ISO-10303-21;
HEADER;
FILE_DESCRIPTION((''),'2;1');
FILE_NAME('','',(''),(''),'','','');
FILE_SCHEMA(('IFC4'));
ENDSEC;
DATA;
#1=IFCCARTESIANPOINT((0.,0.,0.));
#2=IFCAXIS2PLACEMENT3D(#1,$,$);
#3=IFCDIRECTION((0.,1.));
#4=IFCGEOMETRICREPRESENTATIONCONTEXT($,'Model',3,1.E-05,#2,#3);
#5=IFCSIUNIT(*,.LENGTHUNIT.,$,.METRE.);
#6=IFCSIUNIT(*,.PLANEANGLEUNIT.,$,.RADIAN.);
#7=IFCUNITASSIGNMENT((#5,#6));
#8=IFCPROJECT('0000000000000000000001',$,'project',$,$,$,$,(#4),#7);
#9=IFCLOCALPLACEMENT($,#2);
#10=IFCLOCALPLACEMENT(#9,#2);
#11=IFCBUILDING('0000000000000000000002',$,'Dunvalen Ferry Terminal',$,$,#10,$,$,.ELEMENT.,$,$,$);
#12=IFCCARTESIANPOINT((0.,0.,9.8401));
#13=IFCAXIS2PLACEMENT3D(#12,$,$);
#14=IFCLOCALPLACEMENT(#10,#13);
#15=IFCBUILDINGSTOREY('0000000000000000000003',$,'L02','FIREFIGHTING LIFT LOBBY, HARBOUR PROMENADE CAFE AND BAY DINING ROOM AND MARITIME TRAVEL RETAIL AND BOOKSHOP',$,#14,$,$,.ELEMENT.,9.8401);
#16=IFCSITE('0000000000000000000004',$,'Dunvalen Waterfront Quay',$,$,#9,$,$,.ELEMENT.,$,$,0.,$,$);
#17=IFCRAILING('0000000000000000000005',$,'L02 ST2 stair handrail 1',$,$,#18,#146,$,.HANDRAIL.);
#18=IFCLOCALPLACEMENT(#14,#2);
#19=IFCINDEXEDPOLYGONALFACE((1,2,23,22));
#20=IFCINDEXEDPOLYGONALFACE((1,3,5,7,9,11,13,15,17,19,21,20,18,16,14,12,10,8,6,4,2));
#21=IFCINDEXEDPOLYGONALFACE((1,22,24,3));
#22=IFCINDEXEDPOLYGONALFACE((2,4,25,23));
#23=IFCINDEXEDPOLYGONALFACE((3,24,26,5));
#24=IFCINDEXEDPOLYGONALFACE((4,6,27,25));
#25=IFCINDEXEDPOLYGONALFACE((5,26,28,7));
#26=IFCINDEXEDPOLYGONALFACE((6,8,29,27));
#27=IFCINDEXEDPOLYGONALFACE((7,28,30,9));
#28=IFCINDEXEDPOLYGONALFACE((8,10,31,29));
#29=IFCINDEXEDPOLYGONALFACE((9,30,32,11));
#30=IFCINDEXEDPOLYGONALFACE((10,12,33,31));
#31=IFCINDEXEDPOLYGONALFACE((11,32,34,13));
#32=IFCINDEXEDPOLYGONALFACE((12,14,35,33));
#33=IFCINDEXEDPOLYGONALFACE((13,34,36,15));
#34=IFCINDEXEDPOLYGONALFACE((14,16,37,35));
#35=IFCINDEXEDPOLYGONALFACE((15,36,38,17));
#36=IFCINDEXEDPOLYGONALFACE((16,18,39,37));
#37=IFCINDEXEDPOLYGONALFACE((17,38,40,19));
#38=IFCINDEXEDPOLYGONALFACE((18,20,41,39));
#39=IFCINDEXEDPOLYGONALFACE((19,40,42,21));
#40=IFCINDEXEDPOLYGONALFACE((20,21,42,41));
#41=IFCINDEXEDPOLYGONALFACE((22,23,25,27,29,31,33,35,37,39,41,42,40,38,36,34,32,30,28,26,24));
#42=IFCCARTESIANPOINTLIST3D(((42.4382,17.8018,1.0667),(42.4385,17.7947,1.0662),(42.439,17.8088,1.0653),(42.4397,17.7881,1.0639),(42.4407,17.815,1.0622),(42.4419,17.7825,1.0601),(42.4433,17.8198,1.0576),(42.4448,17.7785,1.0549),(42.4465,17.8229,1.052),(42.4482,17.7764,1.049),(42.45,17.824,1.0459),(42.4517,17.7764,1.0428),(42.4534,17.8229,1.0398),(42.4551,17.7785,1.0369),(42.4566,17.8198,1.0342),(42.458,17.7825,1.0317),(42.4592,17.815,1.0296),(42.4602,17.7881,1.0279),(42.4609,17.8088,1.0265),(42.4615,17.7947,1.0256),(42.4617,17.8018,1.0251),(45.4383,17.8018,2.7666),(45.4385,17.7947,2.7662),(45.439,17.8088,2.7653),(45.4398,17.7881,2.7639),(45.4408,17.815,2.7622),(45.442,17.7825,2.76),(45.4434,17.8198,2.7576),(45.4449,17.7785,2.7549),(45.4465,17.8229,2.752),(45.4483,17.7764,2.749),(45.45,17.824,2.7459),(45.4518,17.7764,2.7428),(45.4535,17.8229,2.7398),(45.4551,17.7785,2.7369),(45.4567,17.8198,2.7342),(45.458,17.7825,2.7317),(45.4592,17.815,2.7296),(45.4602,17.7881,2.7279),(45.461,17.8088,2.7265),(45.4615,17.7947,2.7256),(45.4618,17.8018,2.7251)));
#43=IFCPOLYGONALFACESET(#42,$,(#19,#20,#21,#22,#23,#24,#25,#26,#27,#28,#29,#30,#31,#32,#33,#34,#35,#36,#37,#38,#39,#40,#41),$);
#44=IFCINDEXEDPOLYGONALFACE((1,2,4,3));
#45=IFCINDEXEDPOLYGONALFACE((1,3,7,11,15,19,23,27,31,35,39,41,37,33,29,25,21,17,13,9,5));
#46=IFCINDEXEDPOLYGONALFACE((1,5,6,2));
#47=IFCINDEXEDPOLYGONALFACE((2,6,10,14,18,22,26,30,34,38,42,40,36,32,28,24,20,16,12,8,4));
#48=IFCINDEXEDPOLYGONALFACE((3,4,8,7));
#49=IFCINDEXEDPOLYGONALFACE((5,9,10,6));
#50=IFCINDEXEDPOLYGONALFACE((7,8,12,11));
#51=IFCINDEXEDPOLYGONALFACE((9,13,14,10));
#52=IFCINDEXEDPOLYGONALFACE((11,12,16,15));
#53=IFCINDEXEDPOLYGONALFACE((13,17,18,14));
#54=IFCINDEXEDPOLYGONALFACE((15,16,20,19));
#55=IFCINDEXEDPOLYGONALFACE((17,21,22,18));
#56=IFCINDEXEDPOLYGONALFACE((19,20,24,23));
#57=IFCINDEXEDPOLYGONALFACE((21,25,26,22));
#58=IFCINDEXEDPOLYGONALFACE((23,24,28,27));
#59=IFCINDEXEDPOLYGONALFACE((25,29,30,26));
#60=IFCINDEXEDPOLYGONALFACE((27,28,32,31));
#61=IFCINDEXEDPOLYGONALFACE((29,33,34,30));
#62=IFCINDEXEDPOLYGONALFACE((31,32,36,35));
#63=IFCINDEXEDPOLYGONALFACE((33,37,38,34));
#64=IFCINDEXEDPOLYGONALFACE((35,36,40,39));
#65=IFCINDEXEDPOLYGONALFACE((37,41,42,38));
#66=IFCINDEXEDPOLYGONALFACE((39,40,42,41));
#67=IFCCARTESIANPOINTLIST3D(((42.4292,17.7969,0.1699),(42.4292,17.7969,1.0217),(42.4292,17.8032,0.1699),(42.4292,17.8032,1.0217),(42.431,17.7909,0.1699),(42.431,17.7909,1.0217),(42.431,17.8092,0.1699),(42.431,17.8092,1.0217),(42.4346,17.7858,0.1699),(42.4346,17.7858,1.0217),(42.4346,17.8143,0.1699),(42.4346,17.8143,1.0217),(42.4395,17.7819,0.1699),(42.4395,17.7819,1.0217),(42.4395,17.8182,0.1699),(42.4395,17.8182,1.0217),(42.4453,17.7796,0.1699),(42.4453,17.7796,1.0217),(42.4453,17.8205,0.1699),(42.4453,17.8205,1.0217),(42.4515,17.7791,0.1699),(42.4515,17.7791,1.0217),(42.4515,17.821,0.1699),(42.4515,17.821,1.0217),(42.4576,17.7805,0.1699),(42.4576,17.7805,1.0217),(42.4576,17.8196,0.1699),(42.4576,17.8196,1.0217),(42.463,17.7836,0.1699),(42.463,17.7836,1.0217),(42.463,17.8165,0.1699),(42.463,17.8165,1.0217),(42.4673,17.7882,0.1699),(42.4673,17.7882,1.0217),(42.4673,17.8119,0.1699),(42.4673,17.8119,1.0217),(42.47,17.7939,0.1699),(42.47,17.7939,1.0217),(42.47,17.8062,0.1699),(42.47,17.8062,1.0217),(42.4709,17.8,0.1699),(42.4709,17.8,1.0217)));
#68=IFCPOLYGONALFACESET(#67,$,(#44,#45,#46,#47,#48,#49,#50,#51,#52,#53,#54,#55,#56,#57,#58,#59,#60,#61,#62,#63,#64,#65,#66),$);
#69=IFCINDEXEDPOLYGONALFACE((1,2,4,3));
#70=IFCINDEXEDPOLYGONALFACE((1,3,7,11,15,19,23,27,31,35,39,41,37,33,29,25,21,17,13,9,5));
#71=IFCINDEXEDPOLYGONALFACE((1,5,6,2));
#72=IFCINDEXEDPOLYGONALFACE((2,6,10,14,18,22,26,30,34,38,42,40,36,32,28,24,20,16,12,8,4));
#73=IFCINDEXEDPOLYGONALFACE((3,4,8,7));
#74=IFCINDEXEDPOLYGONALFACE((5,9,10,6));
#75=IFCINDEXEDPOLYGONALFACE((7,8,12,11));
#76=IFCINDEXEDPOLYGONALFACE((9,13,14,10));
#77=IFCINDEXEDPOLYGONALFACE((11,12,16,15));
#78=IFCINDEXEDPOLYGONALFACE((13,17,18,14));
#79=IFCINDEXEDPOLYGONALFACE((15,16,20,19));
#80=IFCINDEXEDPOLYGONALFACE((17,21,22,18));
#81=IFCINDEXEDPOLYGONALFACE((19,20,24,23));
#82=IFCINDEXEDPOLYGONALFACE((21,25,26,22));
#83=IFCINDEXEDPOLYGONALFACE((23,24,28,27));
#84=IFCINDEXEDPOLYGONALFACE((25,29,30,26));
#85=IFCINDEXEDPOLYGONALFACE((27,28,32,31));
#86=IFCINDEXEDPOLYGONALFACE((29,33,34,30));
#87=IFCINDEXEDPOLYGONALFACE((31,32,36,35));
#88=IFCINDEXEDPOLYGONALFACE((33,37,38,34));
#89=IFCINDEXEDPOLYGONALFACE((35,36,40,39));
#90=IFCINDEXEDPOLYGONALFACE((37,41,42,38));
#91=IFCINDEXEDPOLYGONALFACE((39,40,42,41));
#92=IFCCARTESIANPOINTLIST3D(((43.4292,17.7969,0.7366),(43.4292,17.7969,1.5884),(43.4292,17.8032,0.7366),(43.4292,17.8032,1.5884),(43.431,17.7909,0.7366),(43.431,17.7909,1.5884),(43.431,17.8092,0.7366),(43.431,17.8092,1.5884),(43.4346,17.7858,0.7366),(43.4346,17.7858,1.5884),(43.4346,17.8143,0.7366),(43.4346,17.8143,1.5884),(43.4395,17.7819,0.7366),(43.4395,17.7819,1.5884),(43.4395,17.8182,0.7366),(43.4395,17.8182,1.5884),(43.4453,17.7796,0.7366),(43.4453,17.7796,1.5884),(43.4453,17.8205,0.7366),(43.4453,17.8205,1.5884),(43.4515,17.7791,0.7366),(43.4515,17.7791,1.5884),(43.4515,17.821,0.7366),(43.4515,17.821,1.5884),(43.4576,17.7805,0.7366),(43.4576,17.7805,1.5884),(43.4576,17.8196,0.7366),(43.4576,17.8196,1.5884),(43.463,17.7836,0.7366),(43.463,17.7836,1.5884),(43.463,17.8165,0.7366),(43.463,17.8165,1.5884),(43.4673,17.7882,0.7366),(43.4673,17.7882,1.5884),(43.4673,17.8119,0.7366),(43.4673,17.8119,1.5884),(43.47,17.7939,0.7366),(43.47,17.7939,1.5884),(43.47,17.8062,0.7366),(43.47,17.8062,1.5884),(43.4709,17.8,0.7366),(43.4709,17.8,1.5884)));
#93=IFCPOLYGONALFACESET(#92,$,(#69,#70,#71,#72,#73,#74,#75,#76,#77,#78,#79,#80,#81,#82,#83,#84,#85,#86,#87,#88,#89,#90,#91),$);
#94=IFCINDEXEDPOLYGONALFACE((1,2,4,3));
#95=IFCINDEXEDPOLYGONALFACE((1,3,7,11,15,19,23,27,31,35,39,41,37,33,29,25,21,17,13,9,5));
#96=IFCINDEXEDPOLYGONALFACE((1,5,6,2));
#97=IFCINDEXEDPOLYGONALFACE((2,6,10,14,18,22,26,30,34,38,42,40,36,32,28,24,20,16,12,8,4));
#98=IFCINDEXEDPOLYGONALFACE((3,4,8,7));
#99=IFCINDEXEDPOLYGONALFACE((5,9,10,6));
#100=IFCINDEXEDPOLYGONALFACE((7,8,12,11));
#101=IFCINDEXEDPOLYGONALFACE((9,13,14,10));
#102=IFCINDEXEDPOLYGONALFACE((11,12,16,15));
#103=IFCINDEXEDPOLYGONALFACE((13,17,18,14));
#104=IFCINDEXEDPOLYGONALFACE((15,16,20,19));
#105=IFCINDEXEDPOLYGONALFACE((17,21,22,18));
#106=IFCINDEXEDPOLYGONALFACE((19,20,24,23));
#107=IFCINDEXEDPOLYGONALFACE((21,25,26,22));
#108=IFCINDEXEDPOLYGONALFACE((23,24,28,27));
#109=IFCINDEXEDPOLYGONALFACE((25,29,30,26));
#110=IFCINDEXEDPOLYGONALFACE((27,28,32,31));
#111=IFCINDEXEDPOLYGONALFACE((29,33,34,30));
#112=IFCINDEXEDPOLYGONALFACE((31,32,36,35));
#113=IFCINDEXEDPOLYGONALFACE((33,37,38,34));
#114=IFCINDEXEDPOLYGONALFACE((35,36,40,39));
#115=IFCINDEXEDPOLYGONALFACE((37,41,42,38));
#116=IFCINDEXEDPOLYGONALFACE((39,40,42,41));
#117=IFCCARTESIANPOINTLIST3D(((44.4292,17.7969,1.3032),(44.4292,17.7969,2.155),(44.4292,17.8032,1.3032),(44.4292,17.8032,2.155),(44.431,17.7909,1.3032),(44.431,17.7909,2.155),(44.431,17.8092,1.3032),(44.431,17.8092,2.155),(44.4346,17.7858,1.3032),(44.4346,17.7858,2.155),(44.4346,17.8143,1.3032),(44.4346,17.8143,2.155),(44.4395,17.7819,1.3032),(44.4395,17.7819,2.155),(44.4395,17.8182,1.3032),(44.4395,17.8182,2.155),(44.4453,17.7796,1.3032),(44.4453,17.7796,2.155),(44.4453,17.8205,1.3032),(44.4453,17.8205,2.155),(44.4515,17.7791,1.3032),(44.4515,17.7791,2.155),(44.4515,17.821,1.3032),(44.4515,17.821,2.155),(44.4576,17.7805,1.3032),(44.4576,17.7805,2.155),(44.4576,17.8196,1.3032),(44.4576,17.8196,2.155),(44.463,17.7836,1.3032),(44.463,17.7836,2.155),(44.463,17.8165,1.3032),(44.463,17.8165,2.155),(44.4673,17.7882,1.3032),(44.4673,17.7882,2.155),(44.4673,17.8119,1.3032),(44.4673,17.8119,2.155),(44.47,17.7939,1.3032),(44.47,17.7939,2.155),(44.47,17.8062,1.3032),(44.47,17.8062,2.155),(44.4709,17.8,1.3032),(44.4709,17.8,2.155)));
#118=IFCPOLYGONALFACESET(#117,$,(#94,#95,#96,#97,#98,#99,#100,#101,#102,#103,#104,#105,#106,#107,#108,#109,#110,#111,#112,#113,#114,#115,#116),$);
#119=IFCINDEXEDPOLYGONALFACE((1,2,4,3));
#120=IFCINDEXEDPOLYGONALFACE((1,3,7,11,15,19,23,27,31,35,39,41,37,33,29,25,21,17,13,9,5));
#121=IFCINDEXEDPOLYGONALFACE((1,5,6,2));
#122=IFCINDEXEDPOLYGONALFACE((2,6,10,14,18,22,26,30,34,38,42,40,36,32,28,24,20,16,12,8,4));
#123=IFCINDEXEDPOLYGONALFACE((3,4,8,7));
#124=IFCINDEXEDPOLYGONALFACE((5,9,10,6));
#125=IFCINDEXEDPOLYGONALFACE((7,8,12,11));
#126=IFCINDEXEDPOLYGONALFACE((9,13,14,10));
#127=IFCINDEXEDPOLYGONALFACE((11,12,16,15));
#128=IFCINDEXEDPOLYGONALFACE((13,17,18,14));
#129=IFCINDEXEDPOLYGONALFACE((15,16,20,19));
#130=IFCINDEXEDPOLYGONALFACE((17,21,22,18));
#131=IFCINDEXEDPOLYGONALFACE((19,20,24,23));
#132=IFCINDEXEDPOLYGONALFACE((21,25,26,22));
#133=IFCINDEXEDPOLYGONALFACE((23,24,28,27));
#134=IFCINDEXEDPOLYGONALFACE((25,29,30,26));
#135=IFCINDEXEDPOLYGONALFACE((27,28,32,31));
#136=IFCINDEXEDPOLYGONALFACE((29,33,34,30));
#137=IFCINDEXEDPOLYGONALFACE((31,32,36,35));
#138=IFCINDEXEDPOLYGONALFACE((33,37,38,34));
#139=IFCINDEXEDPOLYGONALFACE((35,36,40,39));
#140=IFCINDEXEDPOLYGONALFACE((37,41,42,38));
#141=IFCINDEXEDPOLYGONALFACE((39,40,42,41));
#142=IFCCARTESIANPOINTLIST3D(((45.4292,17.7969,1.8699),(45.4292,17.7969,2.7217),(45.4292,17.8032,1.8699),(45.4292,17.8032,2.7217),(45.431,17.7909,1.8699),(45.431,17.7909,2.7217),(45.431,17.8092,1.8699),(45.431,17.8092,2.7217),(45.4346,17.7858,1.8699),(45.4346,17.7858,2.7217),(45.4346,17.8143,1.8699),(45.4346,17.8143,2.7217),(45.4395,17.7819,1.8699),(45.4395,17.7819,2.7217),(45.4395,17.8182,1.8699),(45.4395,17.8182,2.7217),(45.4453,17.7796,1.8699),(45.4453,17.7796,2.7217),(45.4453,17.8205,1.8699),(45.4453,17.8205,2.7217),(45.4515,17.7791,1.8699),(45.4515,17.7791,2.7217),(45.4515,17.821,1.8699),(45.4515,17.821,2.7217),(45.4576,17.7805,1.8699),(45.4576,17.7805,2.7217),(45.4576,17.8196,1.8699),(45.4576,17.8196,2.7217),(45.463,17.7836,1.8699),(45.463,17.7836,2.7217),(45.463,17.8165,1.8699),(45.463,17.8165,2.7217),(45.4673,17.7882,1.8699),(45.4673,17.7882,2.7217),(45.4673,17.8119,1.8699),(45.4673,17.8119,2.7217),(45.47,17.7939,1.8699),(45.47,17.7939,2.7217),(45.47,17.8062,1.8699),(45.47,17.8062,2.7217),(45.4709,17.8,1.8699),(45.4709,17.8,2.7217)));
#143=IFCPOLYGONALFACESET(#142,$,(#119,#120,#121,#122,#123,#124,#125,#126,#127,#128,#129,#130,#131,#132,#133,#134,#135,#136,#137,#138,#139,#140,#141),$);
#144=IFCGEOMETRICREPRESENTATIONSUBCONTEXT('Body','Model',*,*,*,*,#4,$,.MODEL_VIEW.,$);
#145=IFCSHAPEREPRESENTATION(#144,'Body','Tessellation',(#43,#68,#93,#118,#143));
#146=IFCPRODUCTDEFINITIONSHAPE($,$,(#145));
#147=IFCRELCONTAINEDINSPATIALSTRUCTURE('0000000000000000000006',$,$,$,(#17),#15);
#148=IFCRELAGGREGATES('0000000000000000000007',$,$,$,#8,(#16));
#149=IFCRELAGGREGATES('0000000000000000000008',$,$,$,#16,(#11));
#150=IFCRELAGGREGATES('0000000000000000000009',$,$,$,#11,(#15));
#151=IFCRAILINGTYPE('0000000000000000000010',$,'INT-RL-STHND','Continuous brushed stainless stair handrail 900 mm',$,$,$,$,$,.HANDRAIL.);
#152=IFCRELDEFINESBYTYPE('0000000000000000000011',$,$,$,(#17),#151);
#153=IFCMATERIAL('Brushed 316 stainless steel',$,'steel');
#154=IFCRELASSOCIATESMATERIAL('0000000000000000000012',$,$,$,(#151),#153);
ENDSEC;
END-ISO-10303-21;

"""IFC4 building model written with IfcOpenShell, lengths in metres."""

from ifc_helpers import new_model, si_unit, direction, frame, origin, origin_2d, place, context, subcontext, project, spatial, circle, extrude, material, type_object, element, save


model = new_model("IFC4")

# Units and contexts
model_context = context("Model", 3, precision=1e-05, world=origin(), true_north=direction((0.0, 1.0)))
body_context = subcontext(model_context, "Body", "Model", "MODEL_VIEW")
ifc_project = project(units=[si_unit("LENGTHUNIT", "METRE"), si_unit("PLANEANGLEUNIT", "RADIAN")], contexts=[model_context])

# Site, building, storey
site_placement = place(None, origin())
site = spatial("IfcSite", under=ifc_project, at=site_placement, Name="Dunvalen Waterfront Quay", CompositionType="ELEMENT", RefElevation=0.0)
building_placement = place(site_placement, origin())
building = spatial("IfcBuilding", under=site, at=building_placement, Name="Dunvalen Ferry Terminal", CompositionType="ELEMENT")
storey_placement = place(building_placement, frame((0.0, 0.0, 9.8401)))
storey = spatial("IfcBuildingStorey", under=building, at=storey_placement, Name="L02", Description="FIREFIGHTING LIFT LOBBY, HARBOUR PROMENADE CAFE AND BAY DINING ROOM AND MARITIME TRAVEL RETAIL AND BOOKSHOP", CompositionType="ELEMENT", Elevation=9.8401)

# Shared definitions
ifc_material_1 = material(Name="Brushed 316 stainless steel", Category="steel")

# Railing
railing_type_1 = type_object("IfcRailingType", Name="INT-RL-STHND", Description="Continuous brushed stainless stair handrail 900 mm", PredefinedType="HANDRAIL", material=ifc_material_1)
railing_placement = place(storey_placement, frame((42.45, 17.8, 0.1699)))
element("IfcRailing", 1, at=railing_placement, inside=storey, type_object=railing_type_1, Name="L02 ST2 stair handrail 1", PredefinedType="HANDRAIL", context=body_context, shape_type="SweptSolid", body=[
    extrude(circle(Radius=0.0239, at=origin_2d()), frame((0.0, 0.0, 0.876), z_axis=(0.870028, 0.0, 0.493002), x_axis=(0.0, 1.0, 0.0)), (0.0, 0.0, 1.0), 3.4482),
    extrude(circle(Radius=0.021, at=origin_2d()), origin(), (0.0, 0.0, 1.0), 0.8518),
    extrude(circle(Radius=0.021, at=origin_2d()), frame((1.0, 0.0, 0.5667)), (0.0, 0.0, 1.0), 0.8518),
    extrude(circle(Radius=0.021, at=origin_2d()), frame((2.0, 0.0, 1.1333)), (0.0, 0.0, 1.0), 0.8518),
    extrude(circle(Radius=0.021, at=origin_2d()), frame((3.0, 0.0, 1.7)), (0.0, 0.0, 1.0), 0.8518),
])

save(model, "model.ifc")
